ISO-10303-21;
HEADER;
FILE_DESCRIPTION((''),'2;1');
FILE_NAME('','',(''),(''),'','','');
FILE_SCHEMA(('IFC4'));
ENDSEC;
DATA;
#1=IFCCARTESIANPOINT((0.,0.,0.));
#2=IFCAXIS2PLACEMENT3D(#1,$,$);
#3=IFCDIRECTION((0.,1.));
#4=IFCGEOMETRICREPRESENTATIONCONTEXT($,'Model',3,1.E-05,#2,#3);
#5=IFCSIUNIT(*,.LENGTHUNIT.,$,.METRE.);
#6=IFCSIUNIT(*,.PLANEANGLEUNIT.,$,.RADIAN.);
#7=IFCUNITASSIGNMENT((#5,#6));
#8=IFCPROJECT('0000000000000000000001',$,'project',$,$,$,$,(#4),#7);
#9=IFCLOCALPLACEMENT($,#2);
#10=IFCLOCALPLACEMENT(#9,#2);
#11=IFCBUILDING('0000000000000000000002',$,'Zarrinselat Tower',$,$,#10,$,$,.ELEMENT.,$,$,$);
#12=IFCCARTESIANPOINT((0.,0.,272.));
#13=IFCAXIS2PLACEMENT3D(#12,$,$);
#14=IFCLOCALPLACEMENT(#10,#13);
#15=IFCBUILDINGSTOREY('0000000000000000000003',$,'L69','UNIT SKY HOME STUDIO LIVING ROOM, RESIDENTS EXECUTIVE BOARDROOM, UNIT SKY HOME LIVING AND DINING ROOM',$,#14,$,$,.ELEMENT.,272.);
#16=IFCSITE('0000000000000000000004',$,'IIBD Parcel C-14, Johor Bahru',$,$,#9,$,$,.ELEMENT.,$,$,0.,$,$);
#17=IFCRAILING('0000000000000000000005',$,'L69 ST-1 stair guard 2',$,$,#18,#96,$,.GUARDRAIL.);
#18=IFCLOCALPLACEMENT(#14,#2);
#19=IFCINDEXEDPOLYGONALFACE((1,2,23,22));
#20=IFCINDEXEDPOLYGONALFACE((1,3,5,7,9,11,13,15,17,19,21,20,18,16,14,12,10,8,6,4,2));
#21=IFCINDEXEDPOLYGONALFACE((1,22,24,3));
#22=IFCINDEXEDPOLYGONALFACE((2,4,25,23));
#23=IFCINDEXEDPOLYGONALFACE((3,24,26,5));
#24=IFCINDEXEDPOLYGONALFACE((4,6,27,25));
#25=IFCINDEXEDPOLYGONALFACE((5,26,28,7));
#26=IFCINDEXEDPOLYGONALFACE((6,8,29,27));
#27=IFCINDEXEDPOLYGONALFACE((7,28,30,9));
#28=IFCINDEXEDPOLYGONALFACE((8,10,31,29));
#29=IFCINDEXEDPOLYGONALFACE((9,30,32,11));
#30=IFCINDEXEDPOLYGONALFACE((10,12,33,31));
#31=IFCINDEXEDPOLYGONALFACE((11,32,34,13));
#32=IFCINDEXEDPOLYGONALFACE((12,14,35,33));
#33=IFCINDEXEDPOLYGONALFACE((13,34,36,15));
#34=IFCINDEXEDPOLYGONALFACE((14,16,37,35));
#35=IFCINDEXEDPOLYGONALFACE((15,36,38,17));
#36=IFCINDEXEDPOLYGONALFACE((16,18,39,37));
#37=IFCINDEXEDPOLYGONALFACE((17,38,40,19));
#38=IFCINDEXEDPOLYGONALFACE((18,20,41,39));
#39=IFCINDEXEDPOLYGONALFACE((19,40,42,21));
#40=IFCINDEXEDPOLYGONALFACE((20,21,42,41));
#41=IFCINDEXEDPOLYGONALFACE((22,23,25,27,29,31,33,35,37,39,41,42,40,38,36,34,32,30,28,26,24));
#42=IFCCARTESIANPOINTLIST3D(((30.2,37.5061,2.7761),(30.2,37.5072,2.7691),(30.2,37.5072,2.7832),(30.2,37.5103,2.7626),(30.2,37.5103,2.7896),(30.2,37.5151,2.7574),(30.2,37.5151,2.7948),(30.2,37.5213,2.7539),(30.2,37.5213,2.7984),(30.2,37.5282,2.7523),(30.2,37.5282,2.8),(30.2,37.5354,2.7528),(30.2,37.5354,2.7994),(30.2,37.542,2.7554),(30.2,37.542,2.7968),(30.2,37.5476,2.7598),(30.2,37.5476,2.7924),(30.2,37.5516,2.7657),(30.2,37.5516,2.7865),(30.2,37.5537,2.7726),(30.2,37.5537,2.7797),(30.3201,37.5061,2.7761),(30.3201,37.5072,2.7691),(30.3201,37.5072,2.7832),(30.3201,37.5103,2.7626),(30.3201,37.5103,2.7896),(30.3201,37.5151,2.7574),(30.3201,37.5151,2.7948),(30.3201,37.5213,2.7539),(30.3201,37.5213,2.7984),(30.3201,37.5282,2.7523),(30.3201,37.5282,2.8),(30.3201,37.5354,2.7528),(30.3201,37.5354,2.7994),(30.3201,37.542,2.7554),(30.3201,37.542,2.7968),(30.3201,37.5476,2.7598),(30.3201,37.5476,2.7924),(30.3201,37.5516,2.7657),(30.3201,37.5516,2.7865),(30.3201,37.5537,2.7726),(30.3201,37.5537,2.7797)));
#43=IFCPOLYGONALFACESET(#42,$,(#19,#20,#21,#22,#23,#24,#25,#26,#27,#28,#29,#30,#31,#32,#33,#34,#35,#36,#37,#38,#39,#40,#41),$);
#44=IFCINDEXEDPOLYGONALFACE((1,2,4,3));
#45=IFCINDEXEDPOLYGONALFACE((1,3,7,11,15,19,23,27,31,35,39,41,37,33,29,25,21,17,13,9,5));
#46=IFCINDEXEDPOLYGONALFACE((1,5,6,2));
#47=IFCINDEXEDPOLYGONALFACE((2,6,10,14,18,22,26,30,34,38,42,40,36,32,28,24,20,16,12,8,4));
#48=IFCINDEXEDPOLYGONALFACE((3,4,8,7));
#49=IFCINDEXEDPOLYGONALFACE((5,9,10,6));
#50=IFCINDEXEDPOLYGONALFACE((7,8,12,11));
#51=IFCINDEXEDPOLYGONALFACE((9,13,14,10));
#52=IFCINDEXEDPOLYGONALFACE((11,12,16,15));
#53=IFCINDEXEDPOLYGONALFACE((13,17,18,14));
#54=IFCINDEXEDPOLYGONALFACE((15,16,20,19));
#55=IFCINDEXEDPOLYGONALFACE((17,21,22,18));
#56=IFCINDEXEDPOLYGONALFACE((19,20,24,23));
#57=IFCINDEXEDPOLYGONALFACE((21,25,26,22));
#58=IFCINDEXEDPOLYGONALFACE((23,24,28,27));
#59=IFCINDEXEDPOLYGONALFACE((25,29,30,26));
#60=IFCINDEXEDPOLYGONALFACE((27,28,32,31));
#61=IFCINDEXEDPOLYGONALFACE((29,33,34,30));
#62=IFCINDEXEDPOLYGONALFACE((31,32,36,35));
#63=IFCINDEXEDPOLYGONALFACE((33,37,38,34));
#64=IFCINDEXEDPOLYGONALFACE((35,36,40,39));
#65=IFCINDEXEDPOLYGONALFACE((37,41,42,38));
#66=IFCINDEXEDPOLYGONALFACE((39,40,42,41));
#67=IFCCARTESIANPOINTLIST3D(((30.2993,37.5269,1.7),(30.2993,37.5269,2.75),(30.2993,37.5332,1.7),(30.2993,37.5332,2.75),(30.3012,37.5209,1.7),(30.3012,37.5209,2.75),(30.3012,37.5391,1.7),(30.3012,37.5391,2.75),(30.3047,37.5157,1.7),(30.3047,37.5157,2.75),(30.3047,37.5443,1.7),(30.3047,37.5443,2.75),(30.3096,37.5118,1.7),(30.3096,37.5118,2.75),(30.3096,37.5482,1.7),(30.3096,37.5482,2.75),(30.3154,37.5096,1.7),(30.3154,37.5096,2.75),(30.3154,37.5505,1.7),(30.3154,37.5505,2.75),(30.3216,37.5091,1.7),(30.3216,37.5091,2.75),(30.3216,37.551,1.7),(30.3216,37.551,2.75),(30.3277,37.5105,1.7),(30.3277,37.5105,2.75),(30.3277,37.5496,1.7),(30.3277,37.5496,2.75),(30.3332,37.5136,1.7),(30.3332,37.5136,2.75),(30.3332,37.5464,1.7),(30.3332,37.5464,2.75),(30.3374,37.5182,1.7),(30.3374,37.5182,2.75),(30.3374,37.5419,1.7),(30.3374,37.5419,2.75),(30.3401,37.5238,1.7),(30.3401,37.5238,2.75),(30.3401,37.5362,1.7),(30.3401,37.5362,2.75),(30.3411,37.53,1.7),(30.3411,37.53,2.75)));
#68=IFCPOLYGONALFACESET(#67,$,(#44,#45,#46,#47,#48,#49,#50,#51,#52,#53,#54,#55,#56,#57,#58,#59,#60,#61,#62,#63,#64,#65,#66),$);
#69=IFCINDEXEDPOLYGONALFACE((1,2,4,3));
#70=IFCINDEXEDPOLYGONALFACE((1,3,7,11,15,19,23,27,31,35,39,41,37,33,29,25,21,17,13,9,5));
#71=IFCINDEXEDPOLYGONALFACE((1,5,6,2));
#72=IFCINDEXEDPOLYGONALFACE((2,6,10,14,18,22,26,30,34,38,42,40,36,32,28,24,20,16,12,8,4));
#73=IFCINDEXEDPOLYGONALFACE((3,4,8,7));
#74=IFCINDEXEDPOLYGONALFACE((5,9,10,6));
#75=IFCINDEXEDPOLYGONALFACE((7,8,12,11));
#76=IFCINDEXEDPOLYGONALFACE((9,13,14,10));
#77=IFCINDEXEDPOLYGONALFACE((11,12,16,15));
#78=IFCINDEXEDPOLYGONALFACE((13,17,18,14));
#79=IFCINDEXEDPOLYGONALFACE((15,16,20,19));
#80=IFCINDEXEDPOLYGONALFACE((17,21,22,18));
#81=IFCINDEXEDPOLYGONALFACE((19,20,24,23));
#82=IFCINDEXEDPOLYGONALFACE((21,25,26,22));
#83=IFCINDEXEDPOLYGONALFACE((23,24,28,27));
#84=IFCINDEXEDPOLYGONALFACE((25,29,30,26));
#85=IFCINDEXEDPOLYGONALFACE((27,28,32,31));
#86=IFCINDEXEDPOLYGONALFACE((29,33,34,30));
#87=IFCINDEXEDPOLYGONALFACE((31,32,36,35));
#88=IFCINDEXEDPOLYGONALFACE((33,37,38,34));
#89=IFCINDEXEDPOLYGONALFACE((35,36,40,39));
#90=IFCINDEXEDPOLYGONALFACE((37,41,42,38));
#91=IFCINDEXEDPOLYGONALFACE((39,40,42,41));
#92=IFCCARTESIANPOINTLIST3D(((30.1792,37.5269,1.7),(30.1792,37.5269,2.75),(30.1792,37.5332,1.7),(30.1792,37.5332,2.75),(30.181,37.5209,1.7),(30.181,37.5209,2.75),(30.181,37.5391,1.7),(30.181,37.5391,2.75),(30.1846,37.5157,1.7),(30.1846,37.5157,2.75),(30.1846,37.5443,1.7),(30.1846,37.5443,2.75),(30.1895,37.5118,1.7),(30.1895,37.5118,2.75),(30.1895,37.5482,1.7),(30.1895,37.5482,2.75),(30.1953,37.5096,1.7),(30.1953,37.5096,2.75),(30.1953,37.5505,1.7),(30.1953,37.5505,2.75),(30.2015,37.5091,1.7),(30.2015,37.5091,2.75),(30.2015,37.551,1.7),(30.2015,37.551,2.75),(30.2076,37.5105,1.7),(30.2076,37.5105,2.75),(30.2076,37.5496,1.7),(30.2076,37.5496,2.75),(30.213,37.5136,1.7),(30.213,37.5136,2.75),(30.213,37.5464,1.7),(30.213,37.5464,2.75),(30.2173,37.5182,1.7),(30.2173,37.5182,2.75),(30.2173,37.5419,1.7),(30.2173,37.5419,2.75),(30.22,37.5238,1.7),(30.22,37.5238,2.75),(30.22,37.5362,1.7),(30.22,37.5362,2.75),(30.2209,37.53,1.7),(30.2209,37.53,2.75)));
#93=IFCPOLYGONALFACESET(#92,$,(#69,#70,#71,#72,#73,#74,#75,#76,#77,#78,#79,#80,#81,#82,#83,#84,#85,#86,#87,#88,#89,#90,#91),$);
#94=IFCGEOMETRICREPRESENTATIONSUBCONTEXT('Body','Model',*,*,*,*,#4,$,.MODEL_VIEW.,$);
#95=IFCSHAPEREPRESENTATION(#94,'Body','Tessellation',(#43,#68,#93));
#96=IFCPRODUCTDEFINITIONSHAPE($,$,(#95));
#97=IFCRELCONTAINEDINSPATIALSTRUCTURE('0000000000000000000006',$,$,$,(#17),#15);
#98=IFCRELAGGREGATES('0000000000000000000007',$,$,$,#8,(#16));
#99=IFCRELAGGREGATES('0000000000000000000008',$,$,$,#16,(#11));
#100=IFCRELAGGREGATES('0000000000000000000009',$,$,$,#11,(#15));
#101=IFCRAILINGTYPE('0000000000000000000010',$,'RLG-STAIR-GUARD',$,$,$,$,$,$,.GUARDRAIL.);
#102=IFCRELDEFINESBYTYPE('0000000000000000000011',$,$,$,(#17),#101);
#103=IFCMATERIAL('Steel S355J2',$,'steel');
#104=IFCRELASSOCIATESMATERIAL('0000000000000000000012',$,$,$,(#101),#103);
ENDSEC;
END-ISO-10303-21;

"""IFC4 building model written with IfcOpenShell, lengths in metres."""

from ifc_helpers import new_model, si_unit, direction, frame, origin, origin_2d, place, context, subcontext, project, spatial, circle, extrude, material, type_object, element, save


model = new_model("IFC4")

# Units and contexts
model_context = context("Model", 3, precision=1e-05, world=origin(), true_north=direction((0.0, 1.0)))
body_context = subcontext(model_context, "Body", "Model", "MODEL_VIEW")
ifc_project = project(units=[si_unit("LENGTHUNIT", "METRE"), si_unit("PLANEANGLEUNIT", "RADIAN")], contexts=[model_context])

# Site, building, storey
site_placement = place(None, origin())
site = spatial("IfcSite", under=ifc_project, at=site_placement, Name="IIBD Parcel C-14, Johor Bahru", CompositionType="ELEMENT", RefElevation=0.0)
building_placement = place(site_placement, origin())
building = spatial("IfcBuilding", under=site, at=building_placement, Name="Zarrinselat Tower", CompositionType="ELEMENT")
storey_placement = place(building_placement, frame((0.0, 0.0, 272.0)))
storey = spatial("IfcBuildingStorey", under=building, at=storey_placement, Name="L69", Description="UNIT SKY HOME STUDIO LIVING ROOM, RESIDENTS EXECUTIVE BOARDROOM, UNIT SKY HOME LIVING AND DINING ROOM", CompositionType="ELEMENT", Elevation=272.0)

# Railing
ifc_material_1 = material(Name="Steel S355J2", Category="steel")
railing_type_1 = type_object("IfcRailingType", Name="RLG-STAIR-GUARD", PredefinedType="GUARDRAIL", material=ifc_material_1)
railing_1_placement = place(storey_placement, frame((30.3201, 37.53, 1.7)))
element("IfcRailing", 1, at=railing_1_placement, inside=storey, type_object=railing_type_1, Name="L69 ST-1 stair guard 2", PredefinedType="GUARDRAIL", context=body_context, shape_type="SweptSolid", body=[
    extrude(circle(Radius=0.0239, at=origin_2d()), frame((0.0, 0.0, 1.0762), z_axis=(-1.0, 0.0, 0.0), x_axis=(0.0, -1.0, 0.0)), (0.0, 0.0, 1.0), 0.1201),
    extrude(circle(Radius=0.021, at=origin_2d()), origin(), (0.0, 0.0, 1.0), 1.05),
    extrude(circle(Radius=0.021, at=origin_2d()), frame((-0.1201, 0.0, 0.0)), (0.0, 0.0, 1.0), 1.05),
])

save(model, "model.ifc")
